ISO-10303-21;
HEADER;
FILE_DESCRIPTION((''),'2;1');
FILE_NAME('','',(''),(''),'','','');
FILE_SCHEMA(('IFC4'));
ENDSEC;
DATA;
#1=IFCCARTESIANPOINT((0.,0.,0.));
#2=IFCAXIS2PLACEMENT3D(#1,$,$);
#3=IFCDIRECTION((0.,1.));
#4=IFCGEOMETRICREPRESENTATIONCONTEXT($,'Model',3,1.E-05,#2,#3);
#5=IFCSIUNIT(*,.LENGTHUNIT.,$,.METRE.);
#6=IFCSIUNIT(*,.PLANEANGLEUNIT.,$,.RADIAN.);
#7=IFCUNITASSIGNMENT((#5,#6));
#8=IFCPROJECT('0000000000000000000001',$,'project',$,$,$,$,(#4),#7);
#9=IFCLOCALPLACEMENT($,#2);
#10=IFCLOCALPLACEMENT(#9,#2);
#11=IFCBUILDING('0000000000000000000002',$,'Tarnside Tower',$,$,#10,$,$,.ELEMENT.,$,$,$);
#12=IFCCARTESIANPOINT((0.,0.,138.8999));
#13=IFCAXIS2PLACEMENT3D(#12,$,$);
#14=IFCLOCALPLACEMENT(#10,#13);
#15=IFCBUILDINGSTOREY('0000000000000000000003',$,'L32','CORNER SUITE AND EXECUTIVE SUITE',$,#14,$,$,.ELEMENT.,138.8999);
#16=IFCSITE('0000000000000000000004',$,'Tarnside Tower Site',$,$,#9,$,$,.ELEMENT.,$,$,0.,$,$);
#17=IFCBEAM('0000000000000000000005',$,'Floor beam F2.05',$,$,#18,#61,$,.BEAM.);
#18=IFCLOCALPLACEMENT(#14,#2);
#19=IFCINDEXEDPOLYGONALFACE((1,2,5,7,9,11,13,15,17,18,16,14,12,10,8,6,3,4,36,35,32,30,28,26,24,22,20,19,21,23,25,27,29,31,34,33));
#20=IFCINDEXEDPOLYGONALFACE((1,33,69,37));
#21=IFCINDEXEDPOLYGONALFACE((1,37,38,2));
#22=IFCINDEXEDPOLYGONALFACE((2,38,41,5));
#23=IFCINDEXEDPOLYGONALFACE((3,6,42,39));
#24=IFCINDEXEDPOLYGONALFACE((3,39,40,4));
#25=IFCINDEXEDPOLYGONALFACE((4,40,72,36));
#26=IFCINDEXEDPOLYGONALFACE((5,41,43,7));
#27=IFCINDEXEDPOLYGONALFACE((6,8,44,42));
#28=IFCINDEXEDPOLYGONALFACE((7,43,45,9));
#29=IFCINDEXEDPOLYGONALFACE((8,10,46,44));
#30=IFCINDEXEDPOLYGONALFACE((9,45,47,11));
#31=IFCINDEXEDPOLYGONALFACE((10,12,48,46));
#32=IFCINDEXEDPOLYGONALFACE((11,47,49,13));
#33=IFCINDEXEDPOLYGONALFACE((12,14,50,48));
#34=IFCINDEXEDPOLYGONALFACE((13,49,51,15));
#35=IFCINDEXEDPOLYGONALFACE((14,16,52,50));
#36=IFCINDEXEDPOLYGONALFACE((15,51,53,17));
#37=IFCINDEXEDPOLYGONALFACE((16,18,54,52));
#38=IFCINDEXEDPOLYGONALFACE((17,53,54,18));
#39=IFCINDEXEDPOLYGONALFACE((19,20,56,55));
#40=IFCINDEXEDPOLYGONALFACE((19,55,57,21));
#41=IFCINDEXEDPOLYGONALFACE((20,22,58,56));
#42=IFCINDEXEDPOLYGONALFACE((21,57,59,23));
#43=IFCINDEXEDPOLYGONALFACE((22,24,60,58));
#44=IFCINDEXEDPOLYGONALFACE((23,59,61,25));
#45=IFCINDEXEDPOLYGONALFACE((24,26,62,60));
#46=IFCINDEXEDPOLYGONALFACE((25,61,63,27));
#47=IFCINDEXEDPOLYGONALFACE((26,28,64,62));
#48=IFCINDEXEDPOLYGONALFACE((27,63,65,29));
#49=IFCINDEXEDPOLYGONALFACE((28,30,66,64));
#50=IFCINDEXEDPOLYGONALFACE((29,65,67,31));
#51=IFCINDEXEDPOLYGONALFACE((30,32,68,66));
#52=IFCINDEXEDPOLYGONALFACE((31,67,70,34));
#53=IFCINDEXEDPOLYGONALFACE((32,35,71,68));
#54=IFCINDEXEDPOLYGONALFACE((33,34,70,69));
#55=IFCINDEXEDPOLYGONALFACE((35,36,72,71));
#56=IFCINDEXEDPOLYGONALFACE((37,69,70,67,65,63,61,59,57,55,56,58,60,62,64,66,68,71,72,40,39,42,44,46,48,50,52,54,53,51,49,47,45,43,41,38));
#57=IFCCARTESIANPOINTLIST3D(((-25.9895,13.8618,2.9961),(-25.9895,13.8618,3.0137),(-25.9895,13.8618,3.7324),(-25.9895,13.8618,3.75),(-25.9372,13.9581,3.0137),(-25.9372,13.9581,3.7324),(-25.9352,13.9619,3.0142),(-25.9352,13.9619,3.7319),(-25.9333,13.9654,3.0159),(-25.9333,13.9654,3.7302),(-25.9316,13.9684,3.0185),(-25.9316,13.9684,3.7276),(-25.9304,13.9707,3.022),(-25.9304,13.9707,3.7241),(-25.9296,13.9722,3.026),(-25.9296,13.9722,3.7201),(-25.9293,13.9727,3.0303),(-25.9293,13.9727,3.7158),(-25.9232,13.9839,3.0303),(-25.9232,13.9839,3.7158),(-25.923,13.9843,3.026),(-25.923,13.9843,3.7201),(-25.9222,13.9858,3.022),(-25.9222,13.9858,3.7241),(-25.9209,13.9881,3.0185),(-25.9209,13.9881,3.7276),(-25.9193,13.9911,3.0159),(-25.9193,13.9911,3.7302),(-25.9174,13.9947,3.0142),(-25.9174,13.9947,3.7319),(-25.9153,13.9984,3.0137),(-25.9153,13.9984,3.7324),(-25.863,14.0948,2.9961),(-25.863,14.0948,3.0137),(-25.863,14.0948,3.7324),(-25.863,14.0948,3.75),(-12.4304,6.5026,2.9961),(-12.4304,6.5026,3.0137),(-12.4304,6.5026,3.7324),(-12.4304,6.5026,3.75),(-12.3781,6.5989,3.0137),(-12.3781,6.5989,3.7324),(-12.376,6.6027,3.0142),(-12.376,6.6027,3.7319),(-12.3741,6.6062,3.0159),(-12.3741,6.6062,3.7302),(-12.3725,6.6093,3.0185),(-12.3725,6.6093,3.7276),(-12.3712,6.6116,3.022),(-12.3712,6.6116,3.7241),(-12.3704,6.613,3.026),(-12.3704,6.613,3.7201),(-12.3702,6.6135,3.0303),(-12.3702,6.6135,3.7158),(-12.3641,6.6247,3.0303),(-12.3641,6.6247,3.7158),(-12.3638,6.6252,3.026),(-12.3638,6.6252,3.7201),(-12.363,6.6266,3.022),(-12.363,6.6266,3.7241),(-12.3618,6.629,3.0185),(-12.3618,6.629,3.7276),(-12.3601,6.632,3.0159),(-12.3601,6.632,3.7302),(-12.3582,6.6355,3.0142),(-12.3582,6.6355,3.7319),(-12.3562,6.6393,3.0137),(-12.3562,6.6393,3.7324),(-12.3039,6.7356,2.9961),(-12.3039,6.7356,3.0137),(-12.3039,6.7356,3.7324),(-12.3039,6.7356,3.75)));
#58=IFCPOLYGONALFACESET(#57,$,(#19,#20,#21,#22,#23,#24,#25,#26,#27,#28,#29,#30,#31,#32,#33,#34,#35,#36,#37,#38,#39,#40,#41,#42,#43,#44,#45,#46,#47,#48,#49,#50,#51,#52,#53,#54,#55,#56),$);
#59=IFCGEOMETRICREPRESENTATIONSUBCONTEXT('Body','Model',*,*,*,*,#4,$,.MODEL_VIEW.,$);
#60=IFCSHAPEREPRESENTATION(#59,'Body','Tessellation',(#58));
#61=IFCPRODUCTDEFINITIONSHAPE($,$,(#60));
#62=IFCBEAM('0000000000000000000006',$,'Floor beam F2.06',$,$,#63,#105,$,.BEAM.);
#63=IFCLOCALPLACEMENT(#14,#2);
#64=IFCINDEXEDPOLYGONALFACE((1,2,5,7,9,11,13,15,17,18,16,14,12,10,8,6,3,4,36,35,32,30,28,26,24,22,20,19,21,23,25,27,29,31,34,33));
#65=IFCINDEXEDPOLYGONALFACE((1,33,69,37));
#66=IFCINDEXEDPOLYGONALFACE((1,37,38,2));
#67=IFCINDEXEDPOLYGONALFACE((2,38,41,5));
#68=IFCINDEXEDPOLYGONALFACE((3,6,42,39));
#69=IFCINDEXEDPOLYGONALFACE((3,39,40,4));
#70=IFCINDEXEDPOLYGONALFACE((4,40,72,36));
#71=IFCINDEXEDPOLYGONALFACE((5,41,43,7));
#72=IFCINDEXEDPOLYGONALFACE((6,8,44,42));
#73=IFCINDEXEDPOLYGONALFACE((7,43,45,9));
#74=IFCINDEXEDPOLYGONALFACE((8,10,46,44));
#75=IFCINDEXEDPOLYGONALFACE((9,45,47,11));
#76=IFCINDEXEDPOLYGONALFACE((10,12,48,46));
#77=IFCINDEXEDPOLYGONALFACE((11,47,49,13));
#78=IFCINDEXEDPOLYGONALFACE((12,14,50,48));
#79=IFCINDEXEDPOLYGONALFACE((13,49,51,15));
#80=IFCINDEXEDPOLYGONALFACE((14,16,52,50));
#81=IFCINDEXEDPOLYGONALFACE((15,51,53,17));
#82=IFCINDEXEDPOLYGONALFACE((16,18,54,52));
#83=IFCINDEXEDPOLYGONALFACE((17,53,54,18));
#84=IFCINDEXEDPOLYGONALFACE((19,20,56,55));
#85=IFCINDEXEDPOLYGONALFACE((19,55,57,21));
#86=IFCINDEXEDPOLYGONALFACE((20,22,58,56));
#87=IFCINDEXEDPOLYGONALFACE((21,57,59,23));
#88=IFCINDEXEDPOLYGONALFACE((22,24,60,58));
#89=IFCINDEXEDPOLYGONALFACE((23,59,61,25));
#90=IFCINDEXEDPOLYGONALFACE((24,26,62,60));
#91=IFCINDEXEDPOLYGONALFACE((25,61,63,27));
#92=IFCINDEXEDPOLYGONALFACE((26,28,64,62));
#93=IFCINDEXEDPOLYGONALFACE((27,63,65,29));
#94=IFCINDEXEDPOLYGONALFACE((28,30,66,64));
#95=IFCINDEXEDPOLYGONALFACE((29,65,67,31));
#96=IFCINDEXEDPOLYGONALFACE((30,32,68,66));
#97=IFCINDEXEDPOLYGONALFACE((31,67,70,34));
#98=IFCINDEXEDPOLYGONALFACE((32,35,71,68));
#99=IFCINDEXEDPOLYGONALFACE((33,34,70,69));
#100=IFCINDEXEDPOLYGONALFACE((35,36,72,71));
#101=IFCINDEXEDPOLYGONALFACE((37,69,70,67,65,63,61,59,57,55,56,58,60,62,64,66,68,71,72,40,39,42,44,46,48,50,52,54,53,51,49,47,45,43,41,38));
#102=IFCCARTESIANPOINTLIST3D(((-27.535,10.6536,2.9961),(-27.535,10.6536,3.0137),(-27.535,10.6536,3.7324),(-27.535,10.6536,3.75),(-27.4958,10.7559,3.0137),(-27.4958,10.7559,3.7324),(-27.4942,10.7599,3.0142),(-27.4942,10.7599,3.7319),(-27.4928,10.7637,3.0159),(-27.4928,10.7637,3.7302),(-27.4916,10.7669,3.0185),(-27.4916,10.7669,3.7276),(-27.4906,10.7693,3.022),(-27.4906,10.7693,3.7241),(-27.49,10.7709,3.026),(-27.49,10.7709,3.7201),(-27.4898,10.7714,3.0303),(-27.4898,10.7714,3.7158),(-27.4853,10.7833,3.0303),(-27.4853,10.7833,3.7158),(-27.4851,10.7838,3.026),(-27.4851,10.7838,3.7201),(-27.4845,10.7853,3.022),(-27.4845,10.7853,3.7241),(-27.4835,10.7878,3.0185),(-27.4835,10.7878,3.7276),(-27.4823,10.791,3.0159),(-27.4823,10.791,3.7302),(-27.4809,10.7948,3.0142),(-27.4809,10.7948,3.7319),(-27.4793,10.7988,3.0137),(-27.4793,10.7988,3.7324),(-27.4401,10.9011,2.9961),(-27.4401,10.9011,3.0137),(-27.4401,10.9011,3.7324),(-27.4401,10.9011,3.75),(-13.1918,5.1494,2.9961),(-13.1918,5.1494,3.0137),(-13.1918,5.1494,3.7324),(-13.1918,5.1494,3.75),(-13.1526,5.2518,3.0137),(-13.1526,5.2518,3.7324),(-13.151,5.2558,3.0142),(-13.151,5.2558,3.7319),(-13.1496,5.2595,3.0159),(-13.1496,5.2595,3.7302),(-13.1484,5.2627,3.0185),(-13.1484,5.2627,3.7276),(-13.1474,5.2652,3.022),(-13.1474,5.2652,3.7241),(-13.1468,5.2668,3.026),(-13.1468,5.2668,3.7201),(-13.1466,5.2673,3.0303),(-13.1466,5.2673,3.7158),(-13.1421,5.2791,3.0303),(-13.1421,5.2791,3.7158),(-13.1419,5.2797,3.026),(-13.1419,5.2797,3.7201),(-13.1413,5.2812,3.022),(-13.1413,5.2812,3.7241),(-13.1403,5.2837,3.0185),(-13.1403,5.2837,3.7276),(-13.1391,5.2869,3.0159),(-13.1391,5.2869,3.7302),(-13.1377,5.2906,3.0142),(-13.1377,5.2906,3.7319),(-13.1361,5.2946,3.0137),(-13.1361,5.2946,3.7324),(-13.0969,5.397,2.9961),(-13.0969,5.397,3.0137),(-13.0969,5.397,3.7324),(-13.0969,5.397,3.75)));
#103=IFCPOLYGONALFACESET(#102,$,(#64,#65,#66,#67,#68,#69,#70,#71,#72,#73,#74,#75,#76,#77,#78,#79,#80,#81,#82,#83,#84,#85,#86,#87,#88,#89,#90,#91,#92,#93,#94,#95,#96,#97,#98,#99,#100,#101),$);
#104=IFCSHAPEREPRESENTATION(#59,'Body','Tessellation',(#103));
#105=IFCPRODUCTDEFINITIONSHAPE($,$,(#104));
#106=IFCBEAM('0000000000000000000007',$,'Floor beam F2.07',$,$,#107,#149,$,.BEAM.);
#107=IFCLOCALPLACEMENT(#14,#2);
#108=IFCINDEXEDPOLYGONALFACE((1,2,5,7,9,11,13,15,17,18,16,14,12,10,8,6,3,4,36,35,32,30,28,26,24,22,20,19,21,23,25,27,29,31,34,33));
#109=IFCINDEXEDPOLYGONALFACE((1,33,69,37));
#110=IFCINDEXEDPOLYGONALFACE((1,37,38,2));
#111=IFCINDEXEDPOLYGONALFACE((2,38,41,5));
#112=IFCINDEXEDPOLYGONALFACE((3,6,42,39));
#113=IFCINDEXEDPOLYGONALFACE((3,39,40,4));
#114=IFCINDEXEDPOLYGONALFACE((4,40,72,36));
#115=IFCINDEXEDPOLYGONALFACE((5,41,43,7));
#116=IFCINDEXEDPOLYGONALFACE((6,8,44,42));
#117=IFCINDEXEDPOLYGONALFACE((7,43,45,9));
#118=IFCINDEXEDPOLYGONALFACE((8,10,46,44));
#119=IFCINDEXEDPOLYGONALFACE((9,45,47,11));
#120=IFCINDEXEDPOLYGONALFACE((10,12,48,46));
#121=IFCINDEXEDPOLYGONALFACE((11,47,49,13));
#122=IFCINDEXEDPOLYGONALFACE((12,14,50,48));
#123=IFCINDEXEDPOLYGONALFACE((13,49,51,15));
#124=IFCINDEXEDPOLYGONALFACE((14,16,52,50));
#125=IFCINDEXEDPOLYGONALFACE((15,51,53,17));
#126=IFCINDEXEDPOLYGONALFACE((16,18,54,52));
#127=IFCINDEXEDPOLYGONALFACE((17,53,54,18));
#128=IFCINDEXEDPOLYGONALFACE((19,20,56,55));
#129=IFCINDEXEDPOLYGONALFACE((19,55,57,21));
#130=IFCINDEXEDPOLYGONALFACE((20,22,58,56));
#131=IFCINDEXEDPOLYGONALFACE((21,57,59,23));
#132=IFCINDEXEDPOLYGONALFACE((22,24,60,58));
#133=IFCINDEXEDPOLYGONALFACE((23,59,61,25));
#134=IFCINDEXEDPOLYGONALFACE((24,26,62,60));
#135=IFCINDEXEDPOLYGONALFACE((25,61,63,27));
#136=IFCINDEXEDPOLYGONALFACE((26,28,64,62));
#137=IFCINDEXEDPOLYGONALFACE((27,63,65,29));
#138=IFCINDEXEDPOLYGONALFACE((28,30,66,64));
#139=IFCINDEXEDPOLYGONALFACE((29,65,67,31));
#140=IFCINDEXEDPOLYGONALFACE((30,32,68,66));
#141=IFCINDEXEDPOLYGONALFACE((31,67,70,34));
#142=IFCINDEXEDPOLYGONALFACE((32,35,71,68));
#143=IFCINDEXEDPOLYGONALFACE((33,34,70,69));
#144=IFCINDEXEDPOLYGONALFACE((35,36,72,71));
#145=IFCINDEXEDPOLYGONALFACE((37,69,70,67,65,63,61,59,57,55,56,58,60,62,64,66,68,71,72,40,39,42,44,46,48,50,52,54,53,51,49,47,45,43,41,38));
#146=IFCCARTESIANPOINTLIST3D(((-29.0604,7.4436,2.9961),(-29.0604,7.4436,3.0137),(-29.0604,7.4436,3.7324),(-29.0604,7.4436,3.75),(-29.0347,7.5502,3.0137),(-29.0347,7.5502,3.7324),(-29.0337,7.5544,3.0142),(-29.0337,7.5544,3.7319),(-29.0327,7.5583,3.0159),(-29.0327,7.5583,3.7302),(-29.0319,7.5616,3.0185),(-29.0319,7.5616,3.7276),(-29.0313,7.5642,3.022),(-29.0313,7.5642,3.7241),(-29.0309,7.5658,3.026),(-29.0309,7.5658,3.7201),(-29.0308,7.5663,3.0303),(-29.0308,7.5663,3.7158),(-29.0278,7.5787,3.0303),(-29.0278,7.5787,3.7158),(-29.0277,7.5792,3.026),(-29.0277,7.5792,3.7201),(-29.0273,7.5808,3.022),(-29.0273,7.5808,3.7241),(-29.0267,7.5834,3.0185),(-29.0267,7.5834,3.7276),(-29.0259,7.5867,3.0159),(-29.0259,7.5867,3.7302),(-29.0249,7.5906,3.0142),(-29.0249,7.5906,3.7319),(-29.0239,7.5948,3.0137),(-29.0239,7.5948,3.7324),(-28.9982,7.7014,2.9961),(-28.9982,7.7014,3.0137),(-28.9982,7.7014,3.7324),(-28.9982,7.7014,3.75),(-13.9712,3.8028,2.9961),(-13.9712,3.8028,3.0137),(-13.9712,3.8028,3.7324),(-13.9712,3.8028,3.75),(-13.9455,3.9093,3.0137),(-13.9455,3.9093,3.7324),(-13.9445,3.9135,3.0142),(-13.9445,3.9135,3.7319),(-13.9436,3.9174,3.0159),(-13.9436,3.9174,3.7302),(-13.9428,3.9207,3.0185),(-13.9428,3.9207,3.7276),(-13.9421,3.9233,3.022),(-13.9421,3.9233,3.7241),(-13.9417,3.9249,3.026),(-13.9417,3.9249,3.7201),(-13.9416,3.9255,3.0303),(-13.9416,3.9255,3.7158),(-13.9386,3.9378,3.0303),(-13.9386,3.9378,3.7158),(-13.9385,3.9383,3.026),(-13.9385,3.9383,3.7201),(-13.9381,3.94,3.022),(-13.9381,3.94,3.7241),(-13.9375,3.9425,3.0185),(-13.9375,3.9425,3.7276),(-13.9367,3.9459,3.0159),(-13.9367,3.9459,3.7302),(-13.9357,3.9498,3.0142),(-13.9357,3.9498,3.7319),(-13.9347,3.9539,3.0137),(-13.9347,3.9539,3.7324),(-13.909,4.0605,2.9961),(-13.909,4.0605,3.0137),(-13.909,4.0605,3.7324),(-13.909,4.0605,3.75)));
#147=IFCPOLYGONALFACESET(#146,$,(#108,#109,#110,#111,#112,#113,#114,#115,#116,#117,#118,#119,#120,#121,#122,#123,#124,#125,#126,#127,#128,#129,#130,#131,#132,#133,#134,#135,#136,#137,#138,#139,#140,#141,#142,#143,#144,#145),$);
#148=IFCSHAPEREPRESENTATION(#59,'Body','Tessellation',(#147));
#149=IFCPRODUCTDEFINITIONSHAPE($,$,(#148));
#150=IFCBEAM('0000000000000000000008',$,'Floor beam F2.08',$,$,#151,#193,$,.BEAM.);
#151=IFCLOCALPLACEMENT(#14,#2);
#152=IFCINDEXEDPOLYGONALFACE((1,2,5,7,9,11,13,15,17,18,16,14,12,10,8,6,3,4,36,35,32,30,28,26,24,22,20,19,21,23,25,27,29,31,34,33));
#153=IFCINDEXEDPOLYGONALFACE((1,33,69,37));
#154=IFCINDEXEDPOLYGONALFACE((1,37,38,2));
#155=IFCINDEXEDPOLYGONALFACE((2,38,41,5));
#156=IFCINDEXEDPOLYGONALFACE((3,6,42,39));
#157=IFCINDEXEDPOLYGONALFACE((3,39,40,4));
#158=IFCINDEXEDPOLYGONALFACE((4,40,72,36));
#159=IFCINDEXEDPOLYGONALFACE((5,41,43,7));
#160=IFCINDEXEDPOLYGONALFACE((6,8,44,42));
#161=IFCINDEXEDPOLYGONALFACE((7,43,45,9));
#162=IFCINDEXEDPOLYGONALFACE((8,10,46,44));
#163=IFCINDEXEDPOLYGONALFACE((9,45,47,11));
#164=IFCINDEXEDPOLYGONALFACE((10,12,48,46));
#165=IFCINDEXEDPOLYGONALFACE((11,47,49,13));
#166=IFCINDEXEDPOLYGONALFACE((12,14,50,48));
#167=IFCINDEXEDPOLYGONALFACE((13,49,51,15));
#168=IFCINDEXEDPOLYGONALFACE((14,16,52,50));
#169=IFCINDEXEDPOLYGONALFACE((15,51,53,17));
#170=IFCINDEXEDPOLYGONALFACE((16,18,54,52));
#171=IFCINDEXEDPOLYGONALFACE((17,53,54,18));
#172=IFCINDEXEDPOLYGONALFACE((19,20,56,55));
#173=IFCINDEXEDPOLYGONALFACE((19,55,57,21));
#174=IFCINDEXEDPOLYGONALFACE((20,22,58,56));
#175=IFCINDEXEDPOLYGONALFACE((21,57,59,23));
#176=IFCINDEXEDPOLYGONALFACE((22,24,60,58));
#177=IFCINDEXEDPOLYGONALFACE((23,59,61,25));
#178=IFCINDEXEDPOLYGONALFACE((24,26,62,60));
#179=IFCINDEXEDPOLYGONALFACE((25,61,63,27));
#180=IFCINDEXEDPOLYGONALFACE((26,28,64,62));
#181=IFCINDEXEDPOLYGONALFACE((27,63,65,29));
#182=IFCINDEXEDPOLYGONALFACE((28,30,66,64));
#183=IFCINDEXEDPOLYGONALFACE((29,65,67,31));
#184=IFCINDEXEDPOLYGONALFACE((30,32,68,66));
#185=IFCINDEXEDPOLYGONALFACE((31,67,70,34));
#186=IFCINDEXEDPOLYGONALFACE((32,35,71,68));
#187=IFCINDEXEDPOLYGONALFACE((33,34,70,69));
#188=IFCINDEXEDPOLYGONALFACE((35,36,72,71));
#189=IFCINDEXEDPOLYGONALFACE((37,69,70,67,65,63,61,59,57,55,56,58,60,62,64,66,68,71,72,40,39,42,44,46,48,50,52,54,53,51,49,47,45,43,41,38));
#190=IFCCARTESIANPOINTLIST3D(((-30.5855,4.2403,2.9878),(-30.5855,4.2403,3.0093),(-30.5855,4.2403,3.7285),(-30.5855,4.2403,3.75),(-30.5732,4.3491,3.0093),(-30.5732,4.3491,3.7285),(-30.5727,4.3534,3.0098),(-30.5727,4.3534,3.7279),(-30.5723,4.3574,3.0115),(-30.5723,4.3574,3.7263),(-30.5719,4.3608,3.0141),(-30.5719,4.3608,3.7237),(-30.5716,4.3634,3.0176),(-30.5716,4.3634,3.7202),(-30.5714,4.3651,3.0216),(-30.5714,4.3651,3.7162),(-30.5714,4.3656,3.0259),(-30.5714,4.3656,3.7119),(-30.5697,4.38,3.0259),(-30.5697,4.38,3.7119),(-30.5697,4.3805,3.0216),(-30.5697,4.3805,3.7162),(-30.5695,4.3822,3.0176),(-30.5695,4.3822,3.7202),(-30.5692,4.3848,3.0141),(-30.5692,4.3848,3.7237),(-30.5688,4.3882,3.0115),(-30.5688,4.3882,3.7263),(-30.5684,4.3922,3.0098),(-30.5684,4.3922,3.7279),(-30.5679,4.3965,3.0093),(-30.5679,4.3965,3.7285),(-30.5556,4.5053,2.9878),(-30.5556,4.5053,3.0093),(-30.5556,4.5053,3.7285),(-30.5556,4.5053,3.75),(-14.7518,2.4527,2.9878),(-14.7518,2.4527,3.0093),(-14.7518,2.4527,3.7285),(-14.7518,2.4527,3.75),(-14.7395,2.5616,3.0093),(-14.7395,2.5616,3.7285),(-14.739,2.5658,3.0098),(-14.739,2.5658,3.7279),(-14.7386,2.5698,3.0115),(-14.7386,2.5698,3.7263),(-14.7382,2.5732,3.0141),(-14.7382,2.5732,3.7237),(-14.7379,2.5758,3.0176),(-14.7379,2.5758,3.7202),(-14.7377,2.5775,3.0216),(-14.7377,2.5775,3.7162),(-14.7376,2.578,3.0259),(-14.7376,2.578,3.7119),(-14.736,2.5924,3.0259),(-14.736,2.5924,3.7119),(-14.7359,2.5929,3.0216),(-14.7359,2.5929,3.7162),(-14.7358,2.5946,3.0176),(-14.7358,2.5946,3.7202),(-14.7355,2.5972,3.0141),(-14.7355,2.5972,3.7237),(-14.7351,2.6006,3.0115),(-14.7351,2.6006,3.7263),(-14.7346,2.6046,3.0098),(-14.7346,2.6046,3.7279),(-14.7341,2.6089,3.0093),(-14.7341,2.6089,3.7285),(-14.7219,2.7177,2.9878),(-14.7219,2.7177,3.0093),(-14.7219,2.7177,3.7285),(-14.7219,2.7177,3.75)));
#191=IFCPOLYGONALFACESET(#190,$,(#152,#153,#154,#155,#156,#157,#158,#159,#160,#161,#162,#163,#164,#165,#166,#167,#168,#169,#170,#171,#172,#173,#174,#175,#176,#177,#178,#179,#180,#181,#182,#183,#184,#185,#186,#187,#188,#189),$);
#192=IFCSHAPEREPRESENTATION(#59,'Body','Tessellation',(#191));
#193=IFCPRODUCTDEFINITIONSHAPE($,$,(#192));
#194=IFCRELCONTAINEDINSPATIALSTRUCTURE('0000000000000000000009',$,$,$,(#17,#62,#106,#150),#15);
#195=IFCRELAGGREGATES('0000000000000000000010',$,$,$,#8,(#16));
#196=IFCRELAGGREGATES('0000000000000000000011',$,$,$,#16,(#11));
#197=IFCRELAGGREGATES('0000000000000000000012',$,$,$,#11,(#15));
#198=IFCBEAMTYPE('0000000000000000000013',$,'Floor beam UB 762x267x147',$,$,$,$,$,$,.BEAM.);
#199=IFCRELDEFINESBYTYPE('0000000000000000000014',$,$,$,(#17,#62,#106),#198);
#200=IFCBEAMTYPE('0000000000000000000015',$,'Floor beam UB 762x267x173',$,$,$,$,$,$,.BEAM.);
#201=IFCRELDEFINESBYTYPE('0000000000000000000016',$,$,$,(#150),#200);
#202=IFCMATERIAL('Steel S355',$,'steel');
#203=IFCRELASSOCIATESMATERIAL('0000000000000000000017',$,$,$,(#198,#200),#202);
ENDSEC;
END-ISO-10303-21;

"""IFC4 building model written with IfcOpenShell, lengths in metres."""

from ifc_helpers import new_model, si_unit, direction, frame, origin, origin_2d, place, context, subcontext, project, spatial, i_section, extrude, material, material_profile, profile_set, type_object, element, save


model = new_model("IFC4")

# Units and contexts
model_context = context("Model", 3, precision=1e-05, world=origin(), true_north=direction((0.0, 1.0)))
body_context = subcontext(model_context, "Body", "Model", "MODEL_VIEW")
ifc_project = project(units=[si_unit("LENGTHUNIT", "METRE"), si_unit("PLANEANGLEUNIT", "RADIAN")], contexts=[model_context])

# Site, building, storey
site_placement = place(None, origin())
site = spatial("IfcSite", under=ifc_project, at=site_placement, Name="Tarnside Tower Site", CompositionType="ELEMENT", RefElevation=0.0)
building_placement = place(site_placement, origin())
building = spatial("IfcBuilding", under=site, at=building_placement, Name="Tarnside Tower", CompositionType="ELEMENT")
storey_placement = place(building_placement, frame((0.0, 0.0, 138.8999)))
storey = spatial("IfcBuildingStorey", under=building, at=storey_placement, Name="L32", Description="CORNER SUITE AND EXECUTIVE SUITE", CompositionType="ELEMENT", Elevation=138.8999)

# Beams
ifc_material_1 = material(Name="Steel S355", Category="steel")
ifc_material_profile_1 = material_profile(ifc_material_1, i_section(OverallWidth=0.2651, OverallDepth=0.7539, WebThickness=0.0127, FlangeThickness=0.0176, FilletRadius=0.0166, at=origin_2d()), Name="UB 762x267x147")
ifc_profile_set_1 = profile_set([ifc_material_profile_1], Name="Steel S355")
beam_type_1 = type_object("IfcBeamType", Name="Floor beam UB 762x267x147", PredefinedType="BEAM", material=ifc_profile_set_1)
beam_1_placement = place(storey_placement, frame((-25.9263, 13.9783, 3.373), z_axis=(0.878895, -0.477016, 0.0), x_axis=(0.477016, 0.878895, 0.0)))
element("IfcBeam", 1, at=beam_1_placement, inside=storey, type_object=beam_type_1, Name="Floor beam F2.05", PredefinedType="BEAM", context=body_context, shape_type="SweptSolid", body=[
    extrude(i_section(OverallWidth=0.2651, OverallDepth=0.7539, WebThickness=0.0127, FlangeThickness=0.0176, FilletRadius=0.0166, at=origin_2d()), origin(), (0.0, 0.0, 1.0), 15.4275),
])
beam_2_placement = place(storey_placement, frame((-27.4875, 10.7773, 3.373), z_axis=(0.933618, -0.358271, 0.0), x_axis=(0.358271, 0.933618, 0.0)))
element("IfcBeam", 2, at=beam_2_placement, inside=storey, type_object=beam_type_1, Name="Floor beam F2.06", PredefinedType="BEAM", context=body_context, shape_type="SweptSolid", body=[
    extrude(i_section(OverallWidth=0.2651, OverallDepth=0.7539, WebThickness=0.0127, FlangeThickness=0.0176, FilletRadius=0.0166, at=origin_2d()), origin(), (0.0, 0.0, 1.0), 15.363),
])
beam_3_placement = place(storey_placement, frame((-29.0293, 7.5725, 3.373), z_axis=(0.972102, -0.23456, 0.0), x_axis=(0.23456, 0.972102, 0.0)))
element("IfcBeam", 3, at=beam_3_placement, inside=storey, type_object=beam_type_1, Name="Floor beam F2.07", PredefinedType="BEAM", context=body_context, shape_type="SweptSolid", body=[
    extrude(i_section(OverallWidth=0.2651, OverallDepth=0.7539, WebThickness=0.0127, FlangeThickness=0.0176, FilletRadius=0.0166, at=origin_2d()), origin(), (0.0, 0.0, 1.0), 15.5222),
])
ifc_material_profile_2 = material_profile(ifc_material_1, i_section(OverallWidth=0.2666, OverallDepth=0.7622, WebThickness=0.0144, FlangeThickness=0.0215, FilletRadius=0.0166, at=origin_2d()), Name="UB 762x267x173")
ifc_profile_set_2 = profile_set([ifc_material_profile_2], Name="Steel S355")
beam_type_2 = type_object("IfcBeamType", Name="Floor beam UB 762x267x173", PredefinedType="BEAM", material=ifc_profile_set_2)
beam_4_placement = place(storey_placement, frame((-30.5706, 4.3728, 3.3689), z_axis=(0.993687, -0.112185, 0.0), x_axis=(0.112185, 0.993687, 0.0)))
element("IfcBeam", 4, at=beam_4_placement, inside=storey, type_object=beam_type_2, Name="Floor beam F2.08", PredefinedType="BEAM", context=body_context, shape_type="SweptSolid", body=[
    extrude(i_section(OverallWidth=0.2666, OverallDepth=0.7622, WebThickness=0.0144, FlangeThickness=0.0215, FilletRadius=0.0166, at=origin_2d()), origin(), (0.0, 0.0, 1.0), 15.9343),
])

save(model, "model.ifc")
